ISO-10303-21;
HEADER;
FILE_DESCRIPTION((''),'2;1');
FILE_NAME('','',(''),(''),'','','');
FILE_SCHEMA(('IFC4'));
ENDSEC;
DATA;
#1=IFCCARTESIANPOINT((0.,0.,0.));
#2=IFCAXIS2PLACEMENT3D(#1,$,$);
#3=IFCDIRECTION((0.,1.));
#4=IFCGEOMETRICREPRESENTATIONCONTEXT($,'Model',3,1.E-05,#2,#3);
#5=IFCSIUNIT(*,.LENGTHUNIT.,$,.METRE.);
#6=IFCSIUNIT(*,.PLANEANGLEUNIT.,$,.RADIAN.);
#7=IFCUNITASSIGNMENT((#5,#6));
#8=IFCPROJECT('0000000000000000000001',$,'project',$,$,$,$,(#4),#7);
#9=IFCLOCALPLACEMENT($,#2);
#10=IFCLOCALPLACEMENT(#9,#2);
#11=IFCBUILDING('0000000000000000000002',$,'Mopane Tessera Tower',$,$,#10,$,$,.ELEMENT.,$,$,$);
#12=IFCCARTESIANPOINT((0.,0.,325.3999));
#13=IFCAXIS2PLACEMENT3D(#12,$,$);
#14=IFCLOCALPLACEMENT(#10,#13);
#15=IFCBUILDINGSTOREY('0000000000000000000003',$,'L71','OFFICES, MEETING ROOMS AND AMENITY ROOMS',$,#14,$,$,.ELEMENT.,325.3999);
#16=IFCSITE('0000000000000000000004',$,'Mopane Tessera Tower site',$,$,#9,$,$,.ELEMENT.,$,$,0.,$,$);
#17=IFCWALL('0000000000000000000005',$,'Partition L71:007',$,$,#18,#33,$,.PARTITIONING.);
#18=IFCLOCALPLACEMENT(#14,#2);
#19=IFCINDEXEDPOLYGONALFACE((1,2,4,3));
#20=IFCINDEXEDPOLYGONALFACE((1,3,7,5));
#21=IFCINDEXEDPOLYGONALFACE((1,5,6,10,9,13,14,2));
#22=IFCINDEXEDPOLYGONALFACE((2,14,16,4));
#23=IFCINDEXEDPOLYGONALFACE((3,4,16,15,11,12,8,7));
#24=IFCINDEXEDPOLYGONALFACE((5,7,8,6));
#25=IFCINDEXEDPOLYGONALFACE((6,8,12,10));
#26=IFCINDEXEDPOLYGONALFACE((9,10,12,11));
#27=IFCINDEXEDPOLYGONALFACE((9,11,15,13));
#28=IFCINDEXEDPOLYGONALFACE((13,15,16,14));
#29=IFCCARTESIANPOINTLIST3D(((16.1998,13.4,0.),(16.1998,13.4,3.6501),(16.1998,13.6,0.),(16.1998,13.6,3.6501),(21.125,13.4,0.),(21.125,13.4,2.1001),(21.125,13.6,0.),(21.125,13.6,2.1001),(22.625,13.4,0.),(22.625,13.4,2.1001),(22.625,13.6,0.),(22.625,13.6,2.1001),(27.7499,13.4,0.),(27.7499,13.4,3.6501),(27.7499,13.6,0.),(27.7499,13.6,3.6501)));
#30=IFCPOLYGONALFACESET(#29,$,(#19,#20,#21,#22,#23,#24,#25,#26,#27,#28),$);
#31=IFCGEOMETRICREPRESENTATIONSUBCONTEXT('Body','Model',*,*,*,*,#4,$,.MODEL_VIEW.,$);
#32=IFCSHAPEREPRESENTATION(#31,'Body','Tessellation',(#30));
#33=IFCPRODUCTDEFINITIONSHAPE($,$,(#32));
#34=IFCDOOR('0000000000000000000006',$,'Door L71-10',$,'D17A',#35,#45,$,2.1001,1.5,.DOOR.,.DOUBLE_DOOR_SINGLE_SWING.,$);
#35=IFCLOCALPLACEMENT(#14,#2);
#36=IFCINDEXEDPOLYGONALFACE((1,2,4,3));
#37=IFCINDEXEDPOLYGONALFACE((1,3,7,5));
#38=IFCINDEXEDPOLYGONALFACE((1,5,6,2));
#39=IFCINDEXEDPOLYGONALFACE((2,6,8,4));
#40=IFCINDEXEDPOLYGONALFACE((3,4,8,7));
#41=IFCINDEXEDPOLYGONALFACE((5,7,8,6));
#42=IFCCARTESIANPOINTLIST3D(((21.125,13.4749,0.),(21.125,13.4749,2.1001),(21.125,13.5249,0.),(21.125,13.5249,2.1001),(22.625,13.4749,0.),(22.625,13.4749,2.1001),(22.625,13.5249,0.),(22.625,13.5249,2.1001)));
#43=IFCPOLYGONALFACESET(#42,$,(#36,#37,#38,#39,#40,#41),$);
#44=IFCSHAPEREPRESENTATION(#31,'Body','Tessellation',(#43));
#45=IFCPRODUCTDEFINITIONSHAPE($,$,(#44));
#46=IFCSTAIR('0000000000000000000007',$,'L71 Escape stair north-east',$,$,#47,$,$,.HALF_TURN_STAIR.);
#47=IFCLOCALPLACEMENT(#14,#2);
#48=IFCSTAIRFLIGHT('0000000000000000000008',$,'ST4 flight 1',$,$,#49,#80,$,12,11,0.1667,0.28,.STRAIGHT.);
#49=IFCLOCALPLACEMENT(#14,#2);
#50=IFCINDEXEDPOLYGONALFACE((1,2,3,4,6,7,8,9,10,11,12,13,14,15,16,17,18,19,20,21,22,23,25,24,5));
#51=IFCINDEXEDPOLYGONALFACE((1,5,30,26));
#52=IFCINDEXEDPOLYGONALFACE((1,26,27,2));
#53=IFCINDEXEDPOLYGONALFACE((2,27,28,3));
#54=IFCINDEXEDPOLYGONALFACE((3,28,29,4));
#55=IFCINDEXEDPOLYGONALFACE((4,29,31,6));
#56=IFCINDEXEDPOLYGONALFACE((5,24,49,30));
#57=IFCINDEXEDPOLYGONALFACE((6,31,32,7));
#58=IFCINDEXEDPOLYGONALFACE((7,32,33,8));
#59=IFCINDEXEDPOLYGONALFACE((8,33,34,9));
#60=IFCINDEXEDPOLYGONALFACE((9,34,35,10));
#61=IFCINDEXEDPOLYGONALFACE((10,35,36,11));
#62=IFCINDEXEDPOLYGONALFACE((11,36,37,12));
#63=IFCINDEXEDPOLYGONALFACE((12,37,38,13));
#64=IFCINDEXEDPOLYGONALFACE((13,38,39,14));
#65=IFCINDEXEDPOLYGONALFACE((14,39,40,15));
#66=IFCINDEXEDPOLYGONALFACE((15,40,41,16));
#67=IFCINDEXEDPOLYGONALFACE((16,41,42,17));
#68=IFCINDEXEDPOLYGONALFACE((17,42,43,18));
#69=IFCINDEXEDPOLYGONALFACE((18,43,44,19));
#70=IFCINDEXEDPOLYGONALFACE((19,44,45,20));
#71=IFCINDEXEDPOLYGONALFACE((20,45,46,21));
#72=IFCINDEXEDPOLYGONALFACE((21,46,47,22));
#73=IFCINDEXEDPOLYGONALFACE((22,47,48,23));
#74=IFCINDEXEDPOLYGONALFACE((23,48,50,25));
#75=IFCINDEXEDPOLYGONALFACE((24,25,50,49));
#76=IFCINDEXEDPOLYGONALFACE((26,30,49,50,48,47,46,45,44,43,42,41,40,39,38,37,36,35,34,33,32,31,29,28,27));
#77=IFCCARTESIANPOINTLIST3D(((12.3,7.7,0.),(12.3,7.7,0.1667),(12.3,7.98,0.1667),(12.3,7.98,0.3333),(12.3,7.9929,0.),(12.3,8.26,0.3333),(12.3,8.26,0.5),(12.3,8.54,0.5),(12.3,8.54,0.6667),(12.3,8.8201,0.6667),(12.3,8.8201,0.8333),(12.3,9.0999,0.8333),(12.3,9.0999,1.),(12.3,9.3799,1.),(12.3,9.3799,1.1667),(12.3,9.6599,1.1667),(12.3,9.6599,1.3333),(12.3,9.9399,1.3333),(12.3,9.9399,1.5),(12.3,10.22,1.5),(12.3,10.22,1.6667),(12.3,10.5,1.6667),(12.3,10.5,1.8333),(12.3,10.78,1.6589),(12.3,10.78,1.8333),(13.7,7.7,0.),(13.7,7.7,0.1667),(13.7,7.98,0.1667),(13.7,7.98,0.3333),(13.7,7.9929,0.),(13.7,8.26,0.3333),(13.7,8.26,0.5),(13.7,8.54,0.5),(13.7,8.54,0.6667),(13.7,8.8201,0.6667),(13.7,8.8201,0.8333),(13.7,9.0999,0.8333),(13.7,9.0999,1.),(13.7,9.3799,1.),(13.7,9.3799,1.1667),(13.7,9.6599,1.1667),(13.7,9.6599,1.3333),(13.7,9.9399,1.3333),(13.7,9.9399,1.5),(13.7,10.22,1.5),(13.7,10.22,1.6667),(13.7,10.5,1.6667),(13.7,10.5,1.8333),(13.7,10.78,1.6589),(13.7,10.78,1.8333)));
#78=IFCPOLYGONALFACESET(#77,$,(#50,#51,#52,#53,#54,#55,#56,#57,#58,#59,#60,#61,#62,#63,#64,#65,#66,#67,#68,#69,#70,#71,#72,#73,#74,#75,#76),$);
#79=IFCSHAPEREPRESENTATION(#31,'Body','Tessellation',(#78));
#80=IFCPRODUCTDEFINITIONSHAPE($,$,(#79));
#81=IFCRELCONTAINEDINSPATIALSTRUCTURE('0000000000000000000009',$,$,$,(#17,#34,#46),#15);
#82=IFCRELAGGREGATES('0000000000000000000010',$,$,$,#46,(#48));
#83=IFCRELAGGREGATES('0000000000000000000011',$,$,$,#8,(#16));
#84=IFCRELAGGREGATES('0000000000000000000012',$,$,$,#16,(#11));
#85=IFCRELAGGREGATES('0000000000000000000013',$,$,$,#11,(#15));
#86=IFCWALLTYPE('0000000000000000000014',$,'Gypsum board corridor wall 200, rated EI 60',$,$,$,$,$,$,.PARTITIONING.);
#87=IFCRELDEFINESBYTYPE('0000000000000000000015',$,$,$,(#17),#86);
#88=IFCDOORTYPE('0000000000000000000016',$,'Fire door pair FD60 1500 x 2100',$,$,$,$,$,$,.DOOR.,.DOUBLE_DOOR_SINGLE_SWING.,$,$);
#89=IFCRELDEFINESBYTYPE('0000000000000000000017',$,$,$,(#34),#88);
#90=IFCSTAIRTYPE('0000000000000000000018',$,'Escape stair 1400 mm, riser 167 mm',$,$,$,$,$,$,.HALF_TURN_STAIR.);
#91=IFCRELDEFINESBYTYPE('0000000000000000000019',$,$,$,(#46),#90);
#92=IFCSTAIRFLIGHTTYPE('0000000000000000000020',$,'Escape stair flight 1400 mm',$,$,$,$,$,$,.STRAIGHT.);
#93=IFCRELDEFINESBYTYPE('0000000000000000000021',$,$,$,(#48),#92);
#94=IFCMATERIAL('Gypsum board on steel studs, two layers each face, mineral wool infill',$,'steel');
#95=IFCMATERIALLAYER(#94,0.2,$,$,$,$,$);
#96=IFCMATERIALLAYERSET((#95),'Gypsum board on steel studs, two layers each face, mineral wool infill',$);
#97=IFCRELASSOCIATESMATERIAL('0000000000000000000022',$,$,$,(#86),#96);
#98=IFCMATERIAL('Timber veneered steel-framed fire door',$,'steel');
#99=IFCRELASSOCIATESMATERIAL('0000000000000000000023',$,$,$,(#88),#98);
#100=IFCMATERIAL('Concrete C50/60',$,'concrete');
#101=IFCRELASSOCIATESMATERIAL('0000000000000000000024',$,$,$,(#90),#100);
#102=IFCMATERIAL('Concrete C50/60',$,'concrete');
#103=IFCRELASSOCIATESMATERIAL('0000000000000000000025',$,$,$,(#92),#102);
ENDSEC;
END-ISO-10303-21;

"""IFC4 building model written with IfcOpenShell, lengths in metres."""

from ifc_helpers import new_model, si_unit, direction, frame, frame_2d, origin, place, context, subcontext, project, spatial, polyline, rectangle, outline, extrude, material, layer, layer_set, type_object, element, fill, aggregate, save


model = new_model("IFC4")

# Units and contexts
model_context = context("Model", 3, precision=1e-05, world=origin(), true_north=direction((0.0, 1.0)))
body_context = subcontext(model_context, "Body", "Model", "MODEL_VIEW")
ifc_project = project(units=[si_unit("LENGTHUNIT", "METRE"), si_unit("PLANEANGLEUNIT", "RADIAN")], contexts=[model_context])

# Site, building, storey
site_placement = place(None, origin())
site = spatial("IfcSite", under=ifc_project, at=site_placement, Name="Mopane Tessera Tower site", CompositionType="ELEMENT", RefElevation=0.0)
building_placement = place(site_placement, origin())
building = spatial("IfcBuilding", under=site, at=building_placement, Name="Mopane Tessera Tower", CompositionType="ELEMENT")
storey_placement = place(building_placement, frame((0.0, 0.0, 325.3999)))
storey = spatial("IfcBuildingStorey", under=building, at=storey_placement, Name="L71", Description="OFFICES, MEETING ROOMS AND AMENITY ROOMS", CompositionType="ELEMENT", Elevation=325.3999)

# Wall, opening, door
ifc_material_1 = material(Name="Gypsum board on steel studs, two layers each face, mineral wool infill", Category="steel")
ifc_layer_1 = layer(ifc_material_1, 0.2)
ifc_layer_set_1 = layer_set([ifc_layer_1], Name="Gypsum board on steel studs, two layers each face, mineral wool infill")
wall_type_1 = type_object("IfcWallType", Name="Gypsum board corridor wall 200, rated EI 60", PredefinedType="PARTITIONING", material=ifc_layer_set_1)
wall_1_placement = place(storey_placement, frame((16.2, 13.5, 0.0), z_axis=(0.0, 0.0, 1.0), x_axis=(1.0, 0.0, 0.0)))
wall_1 = element("IfcWall", 1, at=wall_1_placement, inside=storey, type_object=wall_type_1, Name="Partition L71:007", PredefinedType="PARTITIONING", context=body_context, shape_type="SweptSolid", body=[
    extrude(rectangle(XDim=11.55, YDim=0.2, at=frame_2d((5.7749, 0.0))), origin(), (0.0, 0.0, 1.0), 3.6501),
])
opening_placement = place(wall_1_placement, frame((4.925, 0.0, 0.0)))
opening = element("IfcOpeningElement", 2, at=opening_placement, cuts=wall_1, PredefinedType="OPENING", context=body_context, shape_type="SweptSolid", body=[
    extrude(rectangle(XDim=1.5, YDim=2.1001, at=frame_2d((0.75, 1.05))), frame((0.0, 0.1121, 0.0), z_axis=(0.0, -1.0, 0.0), x_axis=(1.0, 0.0, 0.0)), (0.0, 0.0, 1.0), 0.2239),
])
ifc_material_2 = material(Name="Timber veneered steel-framed fire door", Category="steel")
door_type = type_object("IfcDoorType", Name="Fire door pair FD60 1500 x 2100", OperationType="DOUBLE_DOOR_SINGLE_SWING", PredefinedType="DOOR", material=ifc_material_2)
door_placement = place(opening_placement, origin())
door = element("IfcDoor", 3, at=door_placement, inside=storey, type_object=door_type, Name="Door L71-10", ObjectType="D17A", OperationType="DOUBLE_DOOR_SINGLE_SWING", OverallHeight=2.1001, OverallWidth=1.5, PredefinedType="DOOR", context=body_context, shape_type="SweptSolid", body=[
    extrude(rectangle(XDim=1.5, YDim=2.1001, at=frame_2d((0.75, 1.05))), frame((0.0, 0.0249, 0.0), z_axis=(0.0, -1.0, 0.0), x_axis=(1.0, 0.0, 0.0)), (0.0, 0.0, 1.0), 0.05),
])
fill(opening, door)

# Stair, stair flight
ifc_material_3 = material(Name="Concrete C50/60", Category="concrete")
stair_type = type_object("IfcStairType", Name="Escape stair 1400 mm, riser 167 mm", PredefinedType="HALF_TURN_STAIR", material=ifc_material_3)
stair_placement = place(storey_placement, origin())
stair = element("IfcStair", 4, at=stair_placement, inside=storey, type_object=stair_type, Name="L71 Escape stair north-east", PredefinedType="HALF_TURN_STAIR")
ifc_material_4 = material(Name="Concrete C50/60", Category="concrete")
stair_flight_type = type_object("IfcStairFlightType", Name="Escape stair flight 1400 mm", PredefinedType="STRAIGHT", material=ifc_material_4)
stair_flight_placement = place(storey_placement, frame((13.0, 7.7, 0.0), z_axis=(0.0, 0.0, 1.0), x_axis=(0.0, 1.0, 0.0)))
stair_flight = element("IfcStairFlight", 5, at=stair_flight_placement, type_object=stair_flight_type, Name="ST4 flight 1", NumberOfRisers=12, NumberOfTreads=11, PredefinedType="STRAIGHT", RiserHeight=0.1667, TreadLength=0.28, context=body_context, shape_type="SweptSolid", body=[
    extrude(outline(polyline([(0.0, 0.0), (0.0, 0.1667), (0.28, 0.1667), (0.28, 0.3333), (0.5601, 0.3333), (0.5601, 0.5), (0.8401, 0.5), (0.8401, 0.6667), (1.1201, 0.6667), (1.1201, 0.8333), (1.3999, 0.8333), (1.3999, 1.0), (1.6799, 1.0), (1.6799, 1.1667), (1.96, 1.1667), (1.96, 1.3333), (2.24, 1.3333), (2.24, 1.5), (2.52, 1.5), (2.52, 1.6667), (2.8, 1.6667), (2.8, 1.8333), (3.0801, 1.8333), (3.0801, 2.0), (3.0801, 1.6589), (0.293, 0.0), (0.0, 0.0)])), frame((0.0, 0.7, 0.0), z_axis=(0.0, -1.0, 0.0), x_axis=(1.0, 0.0, 0.0)), (0.0, 0.0, 1.0), 1.3999),
])
aggregate(stair, [stair_flight])

save(model, "model.ifc")
